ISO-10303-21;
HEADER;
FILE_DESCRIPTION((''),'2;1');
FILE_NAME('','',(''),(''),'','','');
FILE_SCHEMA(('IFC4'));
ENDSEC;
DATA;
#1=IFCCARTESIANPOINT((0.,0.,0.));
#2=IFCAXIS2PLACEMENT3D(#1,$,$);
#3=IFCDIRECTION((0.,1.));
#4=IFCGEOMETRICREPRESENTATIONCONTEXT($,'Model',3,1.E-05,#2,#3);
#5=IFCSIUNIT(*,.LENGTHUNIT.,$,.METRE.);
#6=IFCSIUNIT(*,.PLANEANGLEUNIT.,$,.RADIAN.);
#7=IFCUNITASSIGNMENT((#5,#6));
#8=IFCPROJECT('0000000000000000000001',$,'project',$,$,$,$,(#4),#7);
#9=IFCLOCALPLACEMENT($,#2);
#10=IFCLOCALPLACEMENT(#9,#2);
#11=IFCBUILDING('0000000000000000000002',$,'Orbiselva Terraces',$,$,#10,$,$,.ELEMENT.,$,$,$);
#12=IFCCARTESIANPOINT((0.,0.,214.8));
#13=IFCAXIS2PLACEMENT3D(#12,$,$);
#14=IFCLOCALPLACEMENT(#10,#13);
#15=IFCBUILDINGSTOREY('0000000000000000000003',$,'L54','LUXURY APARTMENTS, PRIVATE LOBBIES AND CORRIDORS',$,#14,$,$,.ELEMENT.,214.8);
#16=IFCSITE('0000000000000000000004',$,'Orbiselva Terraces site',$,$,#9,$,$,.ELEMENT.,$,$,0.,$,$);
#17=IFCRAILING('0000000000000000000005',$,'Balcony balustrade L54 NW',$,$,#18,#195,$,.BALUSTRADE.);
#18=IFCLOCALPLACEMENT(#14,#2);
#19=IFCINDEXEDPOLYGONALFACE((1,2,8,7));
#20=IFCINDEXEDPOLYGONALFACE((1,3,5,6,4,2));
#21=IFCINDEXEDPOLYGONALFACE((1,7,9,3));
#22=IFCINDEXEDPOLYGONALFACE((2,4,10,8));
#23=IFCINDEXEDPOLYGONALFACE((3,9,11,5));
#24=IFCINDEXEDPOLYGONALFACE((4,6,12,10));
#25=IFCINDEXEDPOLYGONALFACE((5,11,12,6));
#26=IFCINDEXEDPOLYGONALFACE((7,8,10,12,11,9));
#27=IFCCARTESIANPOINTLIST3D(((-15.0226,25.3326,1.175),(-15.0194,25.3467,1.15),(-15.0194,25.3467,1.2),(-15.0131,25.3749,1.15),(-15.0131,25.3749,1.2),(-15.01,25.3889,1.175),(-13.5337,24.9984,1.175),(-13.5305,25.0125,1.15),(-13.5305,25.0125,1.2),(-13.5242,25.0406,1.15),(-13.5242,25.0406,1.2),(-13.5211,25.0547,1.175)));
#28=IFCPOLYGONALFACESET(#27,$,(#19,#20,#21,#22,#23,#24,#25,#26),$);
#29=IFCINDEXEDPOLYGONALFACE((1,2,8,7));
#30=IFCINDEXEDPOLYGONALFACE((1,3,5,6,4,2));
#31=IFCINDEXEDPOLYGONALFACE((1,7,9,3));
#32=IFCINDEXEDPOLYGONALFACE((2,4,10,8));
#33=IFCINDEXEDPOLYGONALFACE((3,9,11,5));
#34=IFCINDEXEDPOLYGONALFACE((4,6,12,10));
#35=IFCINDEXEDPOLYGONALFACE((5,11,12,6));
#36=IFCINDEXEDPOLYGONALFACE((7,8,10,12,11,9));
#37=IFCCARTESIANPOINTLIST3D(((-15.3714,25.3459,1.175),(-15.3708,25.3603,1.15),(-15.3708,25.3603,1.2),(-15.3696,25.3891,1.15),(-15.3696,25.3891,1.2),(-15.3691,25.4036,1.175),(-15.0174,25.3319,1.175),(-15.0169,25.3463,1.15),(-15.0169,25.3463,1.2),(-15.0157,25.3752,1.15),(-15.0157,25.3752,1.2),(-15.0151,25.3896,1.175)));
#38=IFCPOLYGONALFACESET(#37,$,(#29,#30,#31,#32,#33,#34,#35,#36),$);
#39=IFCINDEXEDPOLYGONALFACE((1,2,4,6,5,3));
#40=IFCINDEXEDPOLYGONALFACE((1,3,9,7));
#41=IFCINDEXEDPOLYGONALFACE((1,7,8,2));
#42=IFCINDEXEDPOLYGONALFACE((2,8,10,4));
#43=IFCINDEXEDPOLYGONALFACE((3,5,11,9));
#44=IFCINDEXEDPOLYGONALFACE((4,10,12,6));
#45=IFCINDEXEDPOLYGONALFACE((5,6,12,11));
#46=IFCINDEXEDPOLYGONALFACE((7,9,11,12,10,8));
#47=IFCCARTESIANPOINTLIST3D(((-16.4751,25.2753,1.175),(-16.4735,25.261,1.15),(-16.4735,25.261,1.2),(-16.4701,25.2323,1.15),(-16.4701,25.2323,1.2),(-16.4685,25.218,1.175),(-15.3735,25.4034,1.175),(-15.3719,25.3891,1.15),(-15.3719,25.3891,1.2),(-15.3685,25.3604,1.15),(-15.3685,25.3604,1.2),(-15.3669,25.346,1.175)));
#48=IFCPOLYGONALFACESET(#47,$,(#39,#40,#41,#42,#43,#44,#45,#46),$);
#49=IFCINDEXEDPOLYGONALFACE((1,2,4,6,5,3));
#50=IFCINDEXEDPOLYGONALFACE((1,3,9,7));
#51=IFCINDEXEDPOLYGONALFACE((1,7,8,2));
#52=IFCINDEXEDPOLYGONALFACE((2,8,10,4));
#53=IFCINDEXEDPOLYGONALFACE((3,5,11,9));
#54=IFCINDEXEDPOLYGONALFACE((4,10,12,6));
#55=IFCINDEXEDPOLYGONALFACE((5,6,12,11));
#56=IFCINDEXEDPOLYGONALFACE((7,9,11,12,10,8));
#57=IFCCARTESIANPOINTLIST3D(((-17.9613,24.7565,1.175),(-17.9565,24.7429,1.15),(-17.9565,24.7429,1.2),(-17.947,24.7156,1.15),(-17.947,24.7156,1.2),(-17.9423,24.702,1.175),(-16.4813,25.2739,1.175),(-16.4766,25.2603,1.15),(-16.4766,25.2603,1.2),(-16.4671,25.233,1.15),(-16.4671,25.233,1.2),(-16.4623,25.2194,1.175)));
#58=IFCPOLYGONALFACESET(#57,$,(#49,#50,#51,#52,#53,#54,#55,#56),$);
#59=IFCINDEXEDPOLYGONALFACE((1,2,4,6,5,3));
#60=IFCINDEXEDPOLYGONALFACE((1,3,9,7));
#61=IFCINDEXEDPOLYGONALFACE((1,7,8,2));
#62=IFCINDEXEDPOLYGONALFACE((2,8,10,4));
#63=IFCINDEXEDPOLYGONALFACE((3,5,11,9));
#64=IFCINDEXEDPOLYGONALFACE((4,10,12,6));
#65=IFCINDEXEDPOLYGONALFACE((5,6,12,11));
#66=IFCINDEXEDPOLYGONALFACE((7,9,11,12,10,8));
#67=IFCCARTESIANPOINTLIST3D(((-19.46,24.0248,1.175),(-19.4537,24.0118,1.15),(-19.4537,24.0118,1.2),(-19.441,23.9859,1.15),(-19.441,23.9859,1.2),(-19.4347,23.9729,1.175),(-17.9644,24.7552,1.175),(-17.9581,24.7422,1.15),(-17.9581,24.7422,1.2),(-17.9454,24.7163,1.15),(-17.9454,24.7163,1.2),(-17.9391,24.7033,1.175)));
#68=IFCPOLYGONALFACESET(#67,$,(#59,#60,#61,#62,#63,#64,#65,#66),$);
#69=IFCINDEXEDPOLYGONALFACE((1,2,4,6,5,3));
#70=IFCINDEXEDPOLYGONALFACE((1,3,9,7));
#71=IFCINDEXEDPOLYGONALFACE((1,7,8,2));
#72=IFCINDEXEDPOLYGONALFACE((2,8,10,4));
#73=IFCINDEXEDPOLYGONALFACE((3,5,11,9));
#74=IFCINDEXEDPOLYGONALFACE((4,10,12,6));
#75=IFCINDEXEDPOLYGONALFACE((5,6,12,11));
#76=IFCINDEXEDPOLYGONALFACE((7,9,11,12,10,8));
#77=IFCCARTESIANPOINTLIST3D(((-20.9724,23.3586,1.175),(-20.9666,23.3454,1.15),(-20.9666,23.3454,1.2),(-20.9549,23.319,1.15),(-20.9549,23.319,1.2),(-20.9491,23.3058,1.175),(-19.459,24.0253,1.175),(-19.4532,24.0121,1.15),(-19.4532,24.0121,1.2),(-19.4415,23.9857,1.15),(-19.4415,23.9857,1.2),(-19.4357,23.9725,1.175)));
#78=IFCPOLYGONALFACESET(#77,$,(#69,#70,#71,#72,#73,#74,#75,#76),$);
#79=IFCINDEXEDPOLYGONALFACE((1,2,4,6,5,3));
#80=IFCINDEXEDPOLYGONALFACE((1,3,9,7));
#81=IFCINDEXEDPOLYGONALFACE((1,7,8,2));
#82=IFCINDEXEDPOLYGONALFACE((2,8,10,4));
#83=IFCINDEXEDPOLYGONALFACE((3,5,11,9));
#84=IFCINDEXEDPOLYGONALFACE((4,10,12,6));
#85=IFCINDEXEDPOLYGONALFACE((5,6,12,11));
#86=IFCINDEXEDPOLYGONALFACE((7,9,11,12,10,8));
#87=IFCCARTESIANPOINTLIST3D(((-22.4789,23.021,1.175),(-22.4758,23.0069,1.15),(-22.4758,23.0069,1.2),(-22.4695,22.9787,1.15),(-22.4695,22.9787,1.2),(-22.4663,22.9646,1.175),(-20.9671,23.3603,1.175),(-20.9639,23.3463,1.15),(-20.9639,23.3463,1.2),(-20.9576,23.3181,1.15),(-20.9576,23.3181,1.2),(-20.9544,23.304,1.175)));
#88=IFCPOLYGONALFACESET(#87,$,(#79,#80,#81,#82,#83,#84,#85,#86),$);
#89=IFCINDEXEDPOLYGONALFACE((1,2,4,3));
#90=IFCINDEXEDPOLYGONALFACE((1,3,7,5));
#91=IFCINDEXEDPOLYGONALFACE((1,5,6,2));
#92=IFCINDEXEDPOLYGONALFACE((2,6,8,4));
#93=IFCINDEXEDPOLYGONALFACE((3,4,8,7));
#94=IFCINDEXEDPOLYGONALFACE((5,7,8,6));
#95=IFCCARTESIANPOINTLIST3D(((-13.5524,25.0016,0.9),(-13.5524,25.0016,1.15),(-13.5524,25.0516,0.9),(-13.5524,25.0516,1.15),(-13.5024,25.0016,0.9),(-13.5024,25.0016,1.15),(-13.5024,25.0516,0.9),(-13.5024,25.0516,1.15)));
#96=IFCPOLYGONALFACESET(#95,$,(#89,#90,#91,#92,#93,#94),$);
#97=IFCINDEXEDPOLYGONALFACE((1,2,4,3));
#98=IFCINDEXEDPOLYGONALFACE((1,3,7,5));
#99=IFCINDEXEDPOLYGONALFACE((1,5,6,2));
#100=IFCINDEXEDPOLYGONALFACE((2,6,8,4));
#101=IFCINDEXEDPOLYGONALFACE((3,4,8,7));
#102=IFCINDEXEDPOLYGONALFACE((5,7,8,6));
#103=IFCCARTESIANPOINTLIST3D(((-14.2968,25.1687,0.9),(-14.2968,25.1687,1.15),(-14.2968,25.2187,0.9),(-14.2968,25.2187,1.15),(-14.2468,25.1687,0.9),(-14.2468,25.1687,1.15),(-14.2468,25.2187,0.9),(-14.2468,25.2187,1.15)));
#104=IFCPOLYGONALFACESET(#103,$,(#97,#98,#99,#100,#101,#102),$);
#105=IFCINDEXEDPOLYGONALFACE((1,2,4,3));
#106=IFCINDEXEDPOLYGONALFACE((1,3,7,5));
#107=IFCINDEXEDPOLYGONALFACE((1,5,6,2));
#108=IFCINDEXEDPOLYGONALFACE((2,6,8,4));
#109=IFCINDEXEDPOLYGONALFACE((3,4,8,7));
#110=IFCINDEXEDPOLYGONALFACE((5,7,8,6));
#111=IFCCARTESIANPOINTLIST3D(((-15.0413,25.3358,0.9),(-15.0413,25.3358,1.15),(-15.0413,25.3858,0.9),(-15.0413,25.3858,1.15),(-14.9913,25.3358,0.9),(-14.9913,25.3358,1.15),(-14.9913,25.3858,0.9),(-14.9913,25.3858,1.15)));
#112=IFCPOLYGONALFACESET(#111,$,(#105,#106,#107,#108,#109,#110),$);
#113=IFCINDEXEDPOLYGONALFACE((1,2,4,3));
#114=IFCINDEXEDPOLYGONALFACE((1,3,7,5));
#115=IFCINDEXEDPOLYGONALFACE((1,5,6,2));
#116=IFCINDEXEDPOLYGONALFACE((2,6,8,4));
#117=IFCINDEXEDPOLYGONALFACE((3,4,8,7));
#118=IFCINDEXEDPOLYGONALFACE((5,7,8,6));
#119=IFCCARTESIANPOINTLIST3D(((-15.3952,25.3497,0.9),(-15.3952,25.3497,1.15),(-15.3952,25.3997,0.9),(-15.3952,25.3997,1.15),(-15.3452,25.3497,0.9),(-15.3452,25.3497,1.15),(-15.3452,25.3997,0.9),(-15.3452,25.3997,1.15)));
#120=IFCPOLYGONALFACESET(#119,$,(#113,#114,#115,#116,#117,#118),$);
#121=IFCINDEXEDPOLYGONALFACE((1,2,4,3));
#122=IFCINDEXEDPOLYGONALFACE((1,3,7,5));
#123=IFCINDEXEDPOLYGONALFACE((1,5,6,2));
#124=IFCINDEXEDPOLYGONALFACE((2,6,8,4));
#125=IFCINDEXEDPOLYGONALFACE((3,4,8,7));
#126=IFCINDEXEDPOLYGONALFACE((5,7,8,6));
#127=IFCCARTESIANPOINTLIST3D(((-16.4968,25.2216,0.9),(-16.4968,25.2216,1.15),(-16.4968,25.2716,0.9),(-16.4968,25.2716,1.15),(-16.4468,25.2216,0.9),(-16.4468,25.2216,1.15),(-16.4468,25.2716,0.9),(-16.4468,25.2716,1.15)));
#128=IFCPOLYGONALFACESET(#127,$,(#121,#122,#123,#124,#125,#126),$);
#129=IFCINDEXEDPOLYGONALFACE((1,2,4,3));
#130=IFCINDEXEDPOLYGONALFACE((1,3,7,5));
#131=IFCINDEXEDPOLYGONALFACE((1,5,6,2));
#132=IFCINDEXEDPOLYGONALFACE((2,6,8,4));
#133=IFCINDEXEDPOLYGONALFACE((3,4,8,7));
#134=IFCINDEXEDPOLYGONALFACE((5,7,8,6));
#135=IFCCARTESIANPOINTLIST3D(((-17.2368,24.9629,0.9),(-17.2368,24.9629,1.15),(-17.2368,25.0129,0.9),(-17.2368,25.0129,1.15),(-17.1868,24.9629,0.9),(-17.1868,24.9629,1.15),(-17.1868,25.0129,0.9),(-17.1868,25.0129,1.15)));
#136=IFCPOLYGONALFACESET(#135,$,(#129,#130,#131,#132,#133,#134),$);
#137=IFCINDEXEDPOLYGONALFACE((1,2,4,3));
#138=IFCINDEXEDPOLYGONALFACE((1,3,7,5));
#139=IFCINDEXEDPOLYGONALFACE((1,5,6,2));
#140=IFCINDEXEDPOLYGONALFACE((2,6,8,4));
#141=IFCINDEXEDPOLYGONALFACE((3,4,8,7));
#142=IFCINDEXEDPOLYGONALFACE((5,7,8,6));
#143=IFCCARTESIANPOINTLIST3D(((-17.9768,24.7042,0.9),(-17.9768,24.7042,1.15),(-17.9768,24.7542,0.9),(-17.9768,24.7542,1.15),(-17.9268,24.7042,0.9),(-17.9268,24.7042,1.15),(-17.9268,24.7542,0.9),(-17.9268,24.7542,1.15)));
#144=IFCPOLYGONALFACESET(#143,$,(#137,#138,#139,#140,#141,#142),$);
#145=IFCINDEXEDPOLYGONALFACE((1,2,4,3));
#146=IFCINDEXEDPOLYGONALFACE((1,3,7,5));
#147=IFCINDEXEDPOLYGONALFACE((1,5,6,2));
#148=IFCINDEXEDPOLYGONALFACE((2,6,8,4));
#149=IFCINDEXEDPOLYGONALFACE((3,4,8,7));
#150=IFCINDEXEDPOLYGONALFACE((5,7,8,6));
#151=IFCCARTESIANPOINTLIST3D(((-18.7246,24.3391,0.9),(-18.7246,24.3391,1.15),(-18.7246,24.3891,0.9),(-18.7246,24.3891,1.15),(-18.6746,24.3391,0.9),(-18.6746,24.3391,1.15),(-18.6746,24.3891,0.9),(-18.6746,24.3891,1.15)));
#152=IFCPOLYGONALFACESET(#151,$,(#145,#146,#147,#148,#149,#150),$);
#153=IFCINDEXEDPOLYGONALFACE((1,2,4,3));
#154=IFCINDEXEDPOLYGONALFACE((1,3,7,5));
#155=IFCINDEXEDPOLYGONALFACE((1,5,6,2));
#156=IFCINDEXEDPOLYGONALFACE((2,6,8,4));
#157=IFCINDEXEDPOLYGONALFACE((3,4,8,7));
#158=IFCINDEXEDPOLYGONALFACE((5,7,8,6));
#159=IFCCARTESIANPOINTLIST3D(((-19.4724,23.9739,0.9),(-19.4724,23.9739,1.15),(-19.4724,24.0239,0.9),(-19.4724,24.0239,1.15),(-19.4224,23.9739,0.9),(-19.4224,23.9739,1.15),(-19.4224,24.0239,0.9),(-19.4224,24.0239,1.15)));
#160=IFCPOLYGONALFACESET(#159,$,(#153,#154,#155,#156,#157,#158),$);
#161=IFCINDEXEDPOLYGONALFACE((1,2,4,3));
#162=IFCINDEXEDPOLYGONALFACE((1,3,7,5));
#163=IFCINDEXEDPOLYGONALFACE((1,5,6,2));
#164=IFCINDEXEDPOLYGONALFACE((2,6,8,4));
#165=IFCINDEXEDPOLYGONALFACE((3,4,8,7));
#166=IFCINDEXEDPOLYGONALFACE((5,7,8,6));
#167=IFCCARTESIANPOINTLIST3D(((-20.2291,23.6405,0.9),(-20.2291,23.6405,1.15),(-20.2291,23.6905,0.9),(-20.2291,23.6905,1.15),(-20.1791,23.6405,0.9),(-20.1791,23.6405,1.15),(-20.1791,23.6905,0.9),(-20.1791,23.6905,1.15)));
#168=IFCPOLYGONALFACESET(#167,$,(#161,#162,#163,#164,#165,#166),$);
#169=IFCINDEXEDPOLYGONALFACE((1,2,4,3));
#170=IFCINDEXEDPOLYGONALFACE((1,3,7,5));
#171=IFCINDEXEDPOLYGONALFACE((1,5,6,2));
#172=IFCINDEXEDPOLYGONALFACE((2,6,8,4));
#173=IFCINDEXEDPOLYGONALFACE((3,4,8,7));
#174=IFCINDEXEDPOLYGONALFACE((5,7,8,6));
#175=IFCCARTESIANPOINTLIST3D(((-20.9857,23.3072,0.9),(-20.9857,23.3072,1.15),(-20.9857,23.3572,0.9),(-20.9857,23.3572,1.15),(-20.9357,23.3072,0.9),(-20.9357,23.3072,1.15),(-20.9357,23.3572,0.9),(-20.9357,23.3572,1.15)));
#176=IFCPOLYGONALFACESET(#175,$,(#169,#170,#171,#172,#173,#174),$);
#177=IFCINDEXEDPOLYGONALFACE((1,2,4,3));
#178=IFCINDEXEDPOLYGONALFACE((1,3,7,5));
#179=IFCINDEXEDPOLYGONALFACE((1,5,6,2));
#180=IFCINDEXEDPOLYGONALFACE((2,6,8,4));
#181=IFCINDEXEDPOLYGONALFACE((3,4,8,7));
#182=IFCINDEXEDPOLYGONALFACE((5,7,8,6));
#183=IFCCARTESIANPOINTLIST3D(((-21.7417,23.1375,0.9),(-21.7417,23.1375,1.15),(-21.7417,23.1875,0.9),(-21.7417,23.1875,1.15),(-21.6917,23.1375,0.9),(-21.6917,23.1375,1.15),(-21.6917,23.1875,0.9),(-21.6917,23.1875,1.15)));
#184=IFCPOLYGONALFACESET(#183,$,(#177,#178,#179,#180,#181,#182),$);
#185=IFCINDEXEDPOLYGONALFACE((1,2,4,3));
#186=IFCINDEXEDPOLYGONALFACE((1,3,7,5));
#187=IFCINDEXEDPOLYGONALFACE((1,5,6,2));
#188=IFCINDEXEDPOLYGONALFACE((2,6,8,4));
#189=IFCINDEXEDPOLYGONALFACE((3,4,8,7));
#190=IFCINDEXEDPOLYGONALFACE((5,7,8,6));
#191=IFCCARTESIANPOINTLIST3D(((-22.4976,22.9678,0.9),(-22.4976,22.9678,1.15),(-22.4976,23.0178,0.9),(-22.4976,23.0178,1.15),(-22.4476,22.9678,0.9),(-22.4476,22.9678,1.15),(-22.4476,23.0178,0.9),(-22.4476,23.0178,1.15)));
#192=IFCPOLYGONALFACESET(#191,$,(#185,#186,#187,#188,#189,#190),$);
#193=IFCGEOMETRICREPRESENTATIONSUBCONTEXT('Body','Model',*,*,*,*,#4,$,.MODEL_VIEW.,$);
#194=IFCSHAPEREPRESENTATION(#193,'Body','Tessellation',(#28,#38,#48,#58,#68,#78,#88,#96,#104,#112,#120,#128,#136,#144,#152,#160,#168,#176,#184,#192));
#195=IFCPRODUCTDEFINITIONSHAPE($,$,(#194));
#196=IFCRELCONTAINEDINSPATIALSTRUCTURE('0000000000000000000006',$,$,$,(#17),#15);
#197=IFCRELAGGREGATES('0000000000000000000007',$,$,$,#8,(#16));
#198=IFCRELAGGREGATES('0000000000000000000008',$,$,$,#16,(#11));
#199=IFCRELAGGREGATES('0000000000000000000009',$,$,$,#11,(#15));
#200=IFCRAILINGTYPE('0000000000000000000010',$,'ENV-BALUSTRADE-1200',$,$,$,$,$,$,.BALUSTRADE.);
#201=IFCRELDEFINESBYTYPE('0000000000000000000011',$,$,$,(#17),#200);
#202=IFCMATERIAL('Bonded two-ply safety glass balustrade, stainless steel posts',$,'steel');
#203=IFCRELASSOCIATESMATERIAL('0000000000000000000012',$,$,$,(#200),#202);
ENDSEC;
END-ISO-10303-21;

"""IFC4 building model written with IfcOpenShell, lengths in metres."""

from ifc_helpers import new_model, si_unit, direction, frame, origin, origin_2d, place, context, subcontext, project, spatial, polyline, rectangle, outline, extrude, material, type_object, element, save


model = new_model("IFC4")

# Units and contexts
model_context = context("Model", 3, precision=1e-05, world=origin(), true_north=direction((0.0, 1.0)))
body_context = subcontext(model_context, "Body", "Model", "MODEL_VIEW")
ifc_project = project(units=[si_unit("LENGTHUNIT", "METRE"), si_unit("PLANEANGLEUNIT", "RADIAN")], contexts=[model_context])

# Site, building, storey
site_placement = place(None, origin())
site = spatial("IfcSite", under=ifc_project, at=site_placement, Name="Orbiselva Terraces site", CompositionType="ELEMENT", RefElevation=0.0)
building_placement = place(site_placement, origin())
building = spatial("IfcBuilding", under=site, at=building_placement, Name="Orbiselva Terraces", CompositionType="ELEMENT")
storey_placement = place(building_placement, frame((0.0, 0.0, 214.8)))
storey = spatial("IfcBuildingStorey", under=building, at=storey_placement, Name="L54", Description="LUXURY APARTMENTS, PRIVATE LOBBIES AND CORRIDORS", CompositionType="ELEMENT", Elevation=214.8)

# Railing
ifc_material_1 = material(Name="Bonded two-ply safety glass balustrade, stainless steel posts", Category="steel")
railing_type_1 = type_object("IfcRailingType", Name="ENV-BALUSTRADE-1200", PredefinedType="BALUSTRADE", material=ifc_material_1)
railing_1_placement = place(storey_placement, frame((-13.5274, 25.0266, 0.9)))
element("IfcRailing", 1, at=railing_1_placement, inside=storey, type_object=railing_type_1, Name="Balcony balustrade L54 NW", PredefinedType="BALUSTRADE", context=body_context, shape_type="SweptSolid", body=[
    extrude(outline(polyline([(0.0289, 0.0), (0.0144, 0.025), (-0.0144, 0.025), (-0.0289, 0.0), (-0.0144, -0.025), (0.0144, -0.025), (0.0289, 0.0)])), frame((0.0, 0.0, 0.275), z_axis=(-0.975721, 0.219016, 0.0), x_axis=(-0.219016, -0.975721, 0.0)), (0.0, 0.0, 1.0), 1.526),
    extrude(outline(polyline([(0.0289, 0.0), (0.0144, 0.025), (-0.0144, 0.025), (-0.0289, 0.0), (-0.0144, -0.025), (0.0144, -0.025), (0.0289, 0.0)])), frame((-1.4889, 0.3342, 0.275), z_axis=(-0.999225, 0.039364, 0.0), x_axis=(-0.039364, -0.999225, 0.0)), (0.0, 0.0, 1.0), 0.3542),
    extrude(outline(polyline([(0.0289, 0.0), (0.0144, 0.025), (-0.0144, 0.025), (-0.0289, 0.0), (-0.0144, -0.025), (0.0144, -0.025), (0.0289, 0.0)])), frame((-1.8428, 0.3482, 0.275), z_axis=(-0.99331, -0.115481, 0.0), x_axis=(0.115481, -0.99331, 0.0)), (0.0, 0.0, 1.0), 1.109),
    extrude(outline(polyline([(0.0289, 0.0), (0.0144, 0.025), (-0.0144, 0.025), (-0.0289, 0.0), (-0.0144, -0.025), (0.0144, -0.025), (0.0289, 0.0)])), frame((-2.9444, 0.2201, 0.275), z_axis=(-0.943972, -0.330025, 0.0), x_axis=(0.330025, -0.943972, 0.0)), (0.0, 0.0, 1.0), 1.5678),
    extrude(outline(polyline([(0.0289, 0.0), (0.0144, 0.025), (-0.0144, 0.025), (-0.0289, 0.0), (-0.0144, -0.025), (0.0144, -0.025), (0.0289, 0.0)])), frame((-4.4244, -0.2973, 0.275), z_axis=(-0.898579, -0.438812, 0.0), x_axis=(0.438812, -0.898579, 0.0)), (0.0, 0.0, 1.0), 1.6644),
    extrude(outline(polyline([(0.0289, 0.0), (0.0144, 0.025), (-0.0144, 0.025), (-0.0289, 0.0), (-0.0144, -0.025), (0.0144, -0.025), (0.0289, 0.0)])), frame((-5.92, -1.0277, 0.275), z_axis=(-0.915134, -0.403151, 0.0), x_axis=(0.403151, -0.915134, 0.0)), (0.0, 0.0, 1.0), 1.6537),
    extrude(outline(polyline([(0.0289, 0.0), (0.0144, 0.025), (-0.0144, 0.025), (-0.0289, 0.0), (-0.0144, -0.025), (0.0144, -0.025), (0.0289, 0.0)])), frame((-7.4334, -1.6944, 0.275), z_axis=(-0.975721, -0.219016, 0.0), x_axis=(0.219016, -0.975721, 0.0)), (0.0, 0.0, 1.0), 1.5495),
    extrude(rectangle(XDim=0.05, YDim=0.05, at=origin_2d()), origin(), (0.0, 0.0, 1.0), 0.25),
    extrude(rectangle(XDim=0.05, YDim=0.05, at=origin_2d()), frame((-0.7445, 0.1671, 0.0)), (0.0, 0.0, 1.0), 0.25),
    extrude(rectangle(XDim=0.05, YDim=0.05, at=origin_2d()), frame((-1.4889, 0.3342, 0.0)), (0.0, 0.0, 1.0), 0.25),
    extrude(rectangle(XDim=0.05, YDim=0.05, at=origin_2d()), frame((-1.8428, 0.3482, 0.0)), (0.0, 0.0, 1.0), 0.25),
    extrude(rectangle(XDim=0.05, YDim=0.05, at=origin_2d()), frame((-2.9444, 0.2201, 0.0)), (0.0, 0.0, 1.0), 0.25),
    extrude(rectangle(XDim=0.05, YDim=0.05, at=origin_2d()), frame((-3.6844, -0.0386, 0.0)), (0.0, 0.0, 1.0), 0.25),
    extrude(rectangle(XDim=0.05, YDim=0.05, at=origin_2d()), frame((-4.4244, -0.2973, 0.0)), (0.0, 0.0, 1.0), 0.25),
    extrude(rectangle(XDim=0.05, YDim=0.05, at=origin_2d()), frame((-5.1722, -0.6625, 0.0)), (0.0, 0.0, 1.0), 0.25),
    extrude(rectangle(XDim=0.05, YDim=0.05, at=origin_2d()), frame((-5.92, -1.0277, 0.0)), (0.0, 0.0, 1.0), 0.25),
    extrude(rectangle(XDim=0.05, YDim=0.05, at=origin_2d()), frame((-6.6767, -1.361, 0.0)), (0.0, 0.0, 1.0), 0.25),
    extrude(rectangle(XDim=0.05, YDim=0.05, at=origin_2d()), frame((-7.4334, -1.6944, 0.0)), (0.0, 0.0, 1.0), 0.25),
    extrude(rectangle(XDim=0.05, YDim=0.05, at=origin_2d()), frame((-8.1893, -1.8641, 0.0)), (0.0, 0.0, 1.0), 0.25),
    extrude(rectangle(XDim=0.05, YDim=0.05, at=origin_2d()), frame((-8.9452, -2.0338, 0.0)), (0.0, 0.0, 1.0), 0.25),
])

save(model, "model.ifc")
